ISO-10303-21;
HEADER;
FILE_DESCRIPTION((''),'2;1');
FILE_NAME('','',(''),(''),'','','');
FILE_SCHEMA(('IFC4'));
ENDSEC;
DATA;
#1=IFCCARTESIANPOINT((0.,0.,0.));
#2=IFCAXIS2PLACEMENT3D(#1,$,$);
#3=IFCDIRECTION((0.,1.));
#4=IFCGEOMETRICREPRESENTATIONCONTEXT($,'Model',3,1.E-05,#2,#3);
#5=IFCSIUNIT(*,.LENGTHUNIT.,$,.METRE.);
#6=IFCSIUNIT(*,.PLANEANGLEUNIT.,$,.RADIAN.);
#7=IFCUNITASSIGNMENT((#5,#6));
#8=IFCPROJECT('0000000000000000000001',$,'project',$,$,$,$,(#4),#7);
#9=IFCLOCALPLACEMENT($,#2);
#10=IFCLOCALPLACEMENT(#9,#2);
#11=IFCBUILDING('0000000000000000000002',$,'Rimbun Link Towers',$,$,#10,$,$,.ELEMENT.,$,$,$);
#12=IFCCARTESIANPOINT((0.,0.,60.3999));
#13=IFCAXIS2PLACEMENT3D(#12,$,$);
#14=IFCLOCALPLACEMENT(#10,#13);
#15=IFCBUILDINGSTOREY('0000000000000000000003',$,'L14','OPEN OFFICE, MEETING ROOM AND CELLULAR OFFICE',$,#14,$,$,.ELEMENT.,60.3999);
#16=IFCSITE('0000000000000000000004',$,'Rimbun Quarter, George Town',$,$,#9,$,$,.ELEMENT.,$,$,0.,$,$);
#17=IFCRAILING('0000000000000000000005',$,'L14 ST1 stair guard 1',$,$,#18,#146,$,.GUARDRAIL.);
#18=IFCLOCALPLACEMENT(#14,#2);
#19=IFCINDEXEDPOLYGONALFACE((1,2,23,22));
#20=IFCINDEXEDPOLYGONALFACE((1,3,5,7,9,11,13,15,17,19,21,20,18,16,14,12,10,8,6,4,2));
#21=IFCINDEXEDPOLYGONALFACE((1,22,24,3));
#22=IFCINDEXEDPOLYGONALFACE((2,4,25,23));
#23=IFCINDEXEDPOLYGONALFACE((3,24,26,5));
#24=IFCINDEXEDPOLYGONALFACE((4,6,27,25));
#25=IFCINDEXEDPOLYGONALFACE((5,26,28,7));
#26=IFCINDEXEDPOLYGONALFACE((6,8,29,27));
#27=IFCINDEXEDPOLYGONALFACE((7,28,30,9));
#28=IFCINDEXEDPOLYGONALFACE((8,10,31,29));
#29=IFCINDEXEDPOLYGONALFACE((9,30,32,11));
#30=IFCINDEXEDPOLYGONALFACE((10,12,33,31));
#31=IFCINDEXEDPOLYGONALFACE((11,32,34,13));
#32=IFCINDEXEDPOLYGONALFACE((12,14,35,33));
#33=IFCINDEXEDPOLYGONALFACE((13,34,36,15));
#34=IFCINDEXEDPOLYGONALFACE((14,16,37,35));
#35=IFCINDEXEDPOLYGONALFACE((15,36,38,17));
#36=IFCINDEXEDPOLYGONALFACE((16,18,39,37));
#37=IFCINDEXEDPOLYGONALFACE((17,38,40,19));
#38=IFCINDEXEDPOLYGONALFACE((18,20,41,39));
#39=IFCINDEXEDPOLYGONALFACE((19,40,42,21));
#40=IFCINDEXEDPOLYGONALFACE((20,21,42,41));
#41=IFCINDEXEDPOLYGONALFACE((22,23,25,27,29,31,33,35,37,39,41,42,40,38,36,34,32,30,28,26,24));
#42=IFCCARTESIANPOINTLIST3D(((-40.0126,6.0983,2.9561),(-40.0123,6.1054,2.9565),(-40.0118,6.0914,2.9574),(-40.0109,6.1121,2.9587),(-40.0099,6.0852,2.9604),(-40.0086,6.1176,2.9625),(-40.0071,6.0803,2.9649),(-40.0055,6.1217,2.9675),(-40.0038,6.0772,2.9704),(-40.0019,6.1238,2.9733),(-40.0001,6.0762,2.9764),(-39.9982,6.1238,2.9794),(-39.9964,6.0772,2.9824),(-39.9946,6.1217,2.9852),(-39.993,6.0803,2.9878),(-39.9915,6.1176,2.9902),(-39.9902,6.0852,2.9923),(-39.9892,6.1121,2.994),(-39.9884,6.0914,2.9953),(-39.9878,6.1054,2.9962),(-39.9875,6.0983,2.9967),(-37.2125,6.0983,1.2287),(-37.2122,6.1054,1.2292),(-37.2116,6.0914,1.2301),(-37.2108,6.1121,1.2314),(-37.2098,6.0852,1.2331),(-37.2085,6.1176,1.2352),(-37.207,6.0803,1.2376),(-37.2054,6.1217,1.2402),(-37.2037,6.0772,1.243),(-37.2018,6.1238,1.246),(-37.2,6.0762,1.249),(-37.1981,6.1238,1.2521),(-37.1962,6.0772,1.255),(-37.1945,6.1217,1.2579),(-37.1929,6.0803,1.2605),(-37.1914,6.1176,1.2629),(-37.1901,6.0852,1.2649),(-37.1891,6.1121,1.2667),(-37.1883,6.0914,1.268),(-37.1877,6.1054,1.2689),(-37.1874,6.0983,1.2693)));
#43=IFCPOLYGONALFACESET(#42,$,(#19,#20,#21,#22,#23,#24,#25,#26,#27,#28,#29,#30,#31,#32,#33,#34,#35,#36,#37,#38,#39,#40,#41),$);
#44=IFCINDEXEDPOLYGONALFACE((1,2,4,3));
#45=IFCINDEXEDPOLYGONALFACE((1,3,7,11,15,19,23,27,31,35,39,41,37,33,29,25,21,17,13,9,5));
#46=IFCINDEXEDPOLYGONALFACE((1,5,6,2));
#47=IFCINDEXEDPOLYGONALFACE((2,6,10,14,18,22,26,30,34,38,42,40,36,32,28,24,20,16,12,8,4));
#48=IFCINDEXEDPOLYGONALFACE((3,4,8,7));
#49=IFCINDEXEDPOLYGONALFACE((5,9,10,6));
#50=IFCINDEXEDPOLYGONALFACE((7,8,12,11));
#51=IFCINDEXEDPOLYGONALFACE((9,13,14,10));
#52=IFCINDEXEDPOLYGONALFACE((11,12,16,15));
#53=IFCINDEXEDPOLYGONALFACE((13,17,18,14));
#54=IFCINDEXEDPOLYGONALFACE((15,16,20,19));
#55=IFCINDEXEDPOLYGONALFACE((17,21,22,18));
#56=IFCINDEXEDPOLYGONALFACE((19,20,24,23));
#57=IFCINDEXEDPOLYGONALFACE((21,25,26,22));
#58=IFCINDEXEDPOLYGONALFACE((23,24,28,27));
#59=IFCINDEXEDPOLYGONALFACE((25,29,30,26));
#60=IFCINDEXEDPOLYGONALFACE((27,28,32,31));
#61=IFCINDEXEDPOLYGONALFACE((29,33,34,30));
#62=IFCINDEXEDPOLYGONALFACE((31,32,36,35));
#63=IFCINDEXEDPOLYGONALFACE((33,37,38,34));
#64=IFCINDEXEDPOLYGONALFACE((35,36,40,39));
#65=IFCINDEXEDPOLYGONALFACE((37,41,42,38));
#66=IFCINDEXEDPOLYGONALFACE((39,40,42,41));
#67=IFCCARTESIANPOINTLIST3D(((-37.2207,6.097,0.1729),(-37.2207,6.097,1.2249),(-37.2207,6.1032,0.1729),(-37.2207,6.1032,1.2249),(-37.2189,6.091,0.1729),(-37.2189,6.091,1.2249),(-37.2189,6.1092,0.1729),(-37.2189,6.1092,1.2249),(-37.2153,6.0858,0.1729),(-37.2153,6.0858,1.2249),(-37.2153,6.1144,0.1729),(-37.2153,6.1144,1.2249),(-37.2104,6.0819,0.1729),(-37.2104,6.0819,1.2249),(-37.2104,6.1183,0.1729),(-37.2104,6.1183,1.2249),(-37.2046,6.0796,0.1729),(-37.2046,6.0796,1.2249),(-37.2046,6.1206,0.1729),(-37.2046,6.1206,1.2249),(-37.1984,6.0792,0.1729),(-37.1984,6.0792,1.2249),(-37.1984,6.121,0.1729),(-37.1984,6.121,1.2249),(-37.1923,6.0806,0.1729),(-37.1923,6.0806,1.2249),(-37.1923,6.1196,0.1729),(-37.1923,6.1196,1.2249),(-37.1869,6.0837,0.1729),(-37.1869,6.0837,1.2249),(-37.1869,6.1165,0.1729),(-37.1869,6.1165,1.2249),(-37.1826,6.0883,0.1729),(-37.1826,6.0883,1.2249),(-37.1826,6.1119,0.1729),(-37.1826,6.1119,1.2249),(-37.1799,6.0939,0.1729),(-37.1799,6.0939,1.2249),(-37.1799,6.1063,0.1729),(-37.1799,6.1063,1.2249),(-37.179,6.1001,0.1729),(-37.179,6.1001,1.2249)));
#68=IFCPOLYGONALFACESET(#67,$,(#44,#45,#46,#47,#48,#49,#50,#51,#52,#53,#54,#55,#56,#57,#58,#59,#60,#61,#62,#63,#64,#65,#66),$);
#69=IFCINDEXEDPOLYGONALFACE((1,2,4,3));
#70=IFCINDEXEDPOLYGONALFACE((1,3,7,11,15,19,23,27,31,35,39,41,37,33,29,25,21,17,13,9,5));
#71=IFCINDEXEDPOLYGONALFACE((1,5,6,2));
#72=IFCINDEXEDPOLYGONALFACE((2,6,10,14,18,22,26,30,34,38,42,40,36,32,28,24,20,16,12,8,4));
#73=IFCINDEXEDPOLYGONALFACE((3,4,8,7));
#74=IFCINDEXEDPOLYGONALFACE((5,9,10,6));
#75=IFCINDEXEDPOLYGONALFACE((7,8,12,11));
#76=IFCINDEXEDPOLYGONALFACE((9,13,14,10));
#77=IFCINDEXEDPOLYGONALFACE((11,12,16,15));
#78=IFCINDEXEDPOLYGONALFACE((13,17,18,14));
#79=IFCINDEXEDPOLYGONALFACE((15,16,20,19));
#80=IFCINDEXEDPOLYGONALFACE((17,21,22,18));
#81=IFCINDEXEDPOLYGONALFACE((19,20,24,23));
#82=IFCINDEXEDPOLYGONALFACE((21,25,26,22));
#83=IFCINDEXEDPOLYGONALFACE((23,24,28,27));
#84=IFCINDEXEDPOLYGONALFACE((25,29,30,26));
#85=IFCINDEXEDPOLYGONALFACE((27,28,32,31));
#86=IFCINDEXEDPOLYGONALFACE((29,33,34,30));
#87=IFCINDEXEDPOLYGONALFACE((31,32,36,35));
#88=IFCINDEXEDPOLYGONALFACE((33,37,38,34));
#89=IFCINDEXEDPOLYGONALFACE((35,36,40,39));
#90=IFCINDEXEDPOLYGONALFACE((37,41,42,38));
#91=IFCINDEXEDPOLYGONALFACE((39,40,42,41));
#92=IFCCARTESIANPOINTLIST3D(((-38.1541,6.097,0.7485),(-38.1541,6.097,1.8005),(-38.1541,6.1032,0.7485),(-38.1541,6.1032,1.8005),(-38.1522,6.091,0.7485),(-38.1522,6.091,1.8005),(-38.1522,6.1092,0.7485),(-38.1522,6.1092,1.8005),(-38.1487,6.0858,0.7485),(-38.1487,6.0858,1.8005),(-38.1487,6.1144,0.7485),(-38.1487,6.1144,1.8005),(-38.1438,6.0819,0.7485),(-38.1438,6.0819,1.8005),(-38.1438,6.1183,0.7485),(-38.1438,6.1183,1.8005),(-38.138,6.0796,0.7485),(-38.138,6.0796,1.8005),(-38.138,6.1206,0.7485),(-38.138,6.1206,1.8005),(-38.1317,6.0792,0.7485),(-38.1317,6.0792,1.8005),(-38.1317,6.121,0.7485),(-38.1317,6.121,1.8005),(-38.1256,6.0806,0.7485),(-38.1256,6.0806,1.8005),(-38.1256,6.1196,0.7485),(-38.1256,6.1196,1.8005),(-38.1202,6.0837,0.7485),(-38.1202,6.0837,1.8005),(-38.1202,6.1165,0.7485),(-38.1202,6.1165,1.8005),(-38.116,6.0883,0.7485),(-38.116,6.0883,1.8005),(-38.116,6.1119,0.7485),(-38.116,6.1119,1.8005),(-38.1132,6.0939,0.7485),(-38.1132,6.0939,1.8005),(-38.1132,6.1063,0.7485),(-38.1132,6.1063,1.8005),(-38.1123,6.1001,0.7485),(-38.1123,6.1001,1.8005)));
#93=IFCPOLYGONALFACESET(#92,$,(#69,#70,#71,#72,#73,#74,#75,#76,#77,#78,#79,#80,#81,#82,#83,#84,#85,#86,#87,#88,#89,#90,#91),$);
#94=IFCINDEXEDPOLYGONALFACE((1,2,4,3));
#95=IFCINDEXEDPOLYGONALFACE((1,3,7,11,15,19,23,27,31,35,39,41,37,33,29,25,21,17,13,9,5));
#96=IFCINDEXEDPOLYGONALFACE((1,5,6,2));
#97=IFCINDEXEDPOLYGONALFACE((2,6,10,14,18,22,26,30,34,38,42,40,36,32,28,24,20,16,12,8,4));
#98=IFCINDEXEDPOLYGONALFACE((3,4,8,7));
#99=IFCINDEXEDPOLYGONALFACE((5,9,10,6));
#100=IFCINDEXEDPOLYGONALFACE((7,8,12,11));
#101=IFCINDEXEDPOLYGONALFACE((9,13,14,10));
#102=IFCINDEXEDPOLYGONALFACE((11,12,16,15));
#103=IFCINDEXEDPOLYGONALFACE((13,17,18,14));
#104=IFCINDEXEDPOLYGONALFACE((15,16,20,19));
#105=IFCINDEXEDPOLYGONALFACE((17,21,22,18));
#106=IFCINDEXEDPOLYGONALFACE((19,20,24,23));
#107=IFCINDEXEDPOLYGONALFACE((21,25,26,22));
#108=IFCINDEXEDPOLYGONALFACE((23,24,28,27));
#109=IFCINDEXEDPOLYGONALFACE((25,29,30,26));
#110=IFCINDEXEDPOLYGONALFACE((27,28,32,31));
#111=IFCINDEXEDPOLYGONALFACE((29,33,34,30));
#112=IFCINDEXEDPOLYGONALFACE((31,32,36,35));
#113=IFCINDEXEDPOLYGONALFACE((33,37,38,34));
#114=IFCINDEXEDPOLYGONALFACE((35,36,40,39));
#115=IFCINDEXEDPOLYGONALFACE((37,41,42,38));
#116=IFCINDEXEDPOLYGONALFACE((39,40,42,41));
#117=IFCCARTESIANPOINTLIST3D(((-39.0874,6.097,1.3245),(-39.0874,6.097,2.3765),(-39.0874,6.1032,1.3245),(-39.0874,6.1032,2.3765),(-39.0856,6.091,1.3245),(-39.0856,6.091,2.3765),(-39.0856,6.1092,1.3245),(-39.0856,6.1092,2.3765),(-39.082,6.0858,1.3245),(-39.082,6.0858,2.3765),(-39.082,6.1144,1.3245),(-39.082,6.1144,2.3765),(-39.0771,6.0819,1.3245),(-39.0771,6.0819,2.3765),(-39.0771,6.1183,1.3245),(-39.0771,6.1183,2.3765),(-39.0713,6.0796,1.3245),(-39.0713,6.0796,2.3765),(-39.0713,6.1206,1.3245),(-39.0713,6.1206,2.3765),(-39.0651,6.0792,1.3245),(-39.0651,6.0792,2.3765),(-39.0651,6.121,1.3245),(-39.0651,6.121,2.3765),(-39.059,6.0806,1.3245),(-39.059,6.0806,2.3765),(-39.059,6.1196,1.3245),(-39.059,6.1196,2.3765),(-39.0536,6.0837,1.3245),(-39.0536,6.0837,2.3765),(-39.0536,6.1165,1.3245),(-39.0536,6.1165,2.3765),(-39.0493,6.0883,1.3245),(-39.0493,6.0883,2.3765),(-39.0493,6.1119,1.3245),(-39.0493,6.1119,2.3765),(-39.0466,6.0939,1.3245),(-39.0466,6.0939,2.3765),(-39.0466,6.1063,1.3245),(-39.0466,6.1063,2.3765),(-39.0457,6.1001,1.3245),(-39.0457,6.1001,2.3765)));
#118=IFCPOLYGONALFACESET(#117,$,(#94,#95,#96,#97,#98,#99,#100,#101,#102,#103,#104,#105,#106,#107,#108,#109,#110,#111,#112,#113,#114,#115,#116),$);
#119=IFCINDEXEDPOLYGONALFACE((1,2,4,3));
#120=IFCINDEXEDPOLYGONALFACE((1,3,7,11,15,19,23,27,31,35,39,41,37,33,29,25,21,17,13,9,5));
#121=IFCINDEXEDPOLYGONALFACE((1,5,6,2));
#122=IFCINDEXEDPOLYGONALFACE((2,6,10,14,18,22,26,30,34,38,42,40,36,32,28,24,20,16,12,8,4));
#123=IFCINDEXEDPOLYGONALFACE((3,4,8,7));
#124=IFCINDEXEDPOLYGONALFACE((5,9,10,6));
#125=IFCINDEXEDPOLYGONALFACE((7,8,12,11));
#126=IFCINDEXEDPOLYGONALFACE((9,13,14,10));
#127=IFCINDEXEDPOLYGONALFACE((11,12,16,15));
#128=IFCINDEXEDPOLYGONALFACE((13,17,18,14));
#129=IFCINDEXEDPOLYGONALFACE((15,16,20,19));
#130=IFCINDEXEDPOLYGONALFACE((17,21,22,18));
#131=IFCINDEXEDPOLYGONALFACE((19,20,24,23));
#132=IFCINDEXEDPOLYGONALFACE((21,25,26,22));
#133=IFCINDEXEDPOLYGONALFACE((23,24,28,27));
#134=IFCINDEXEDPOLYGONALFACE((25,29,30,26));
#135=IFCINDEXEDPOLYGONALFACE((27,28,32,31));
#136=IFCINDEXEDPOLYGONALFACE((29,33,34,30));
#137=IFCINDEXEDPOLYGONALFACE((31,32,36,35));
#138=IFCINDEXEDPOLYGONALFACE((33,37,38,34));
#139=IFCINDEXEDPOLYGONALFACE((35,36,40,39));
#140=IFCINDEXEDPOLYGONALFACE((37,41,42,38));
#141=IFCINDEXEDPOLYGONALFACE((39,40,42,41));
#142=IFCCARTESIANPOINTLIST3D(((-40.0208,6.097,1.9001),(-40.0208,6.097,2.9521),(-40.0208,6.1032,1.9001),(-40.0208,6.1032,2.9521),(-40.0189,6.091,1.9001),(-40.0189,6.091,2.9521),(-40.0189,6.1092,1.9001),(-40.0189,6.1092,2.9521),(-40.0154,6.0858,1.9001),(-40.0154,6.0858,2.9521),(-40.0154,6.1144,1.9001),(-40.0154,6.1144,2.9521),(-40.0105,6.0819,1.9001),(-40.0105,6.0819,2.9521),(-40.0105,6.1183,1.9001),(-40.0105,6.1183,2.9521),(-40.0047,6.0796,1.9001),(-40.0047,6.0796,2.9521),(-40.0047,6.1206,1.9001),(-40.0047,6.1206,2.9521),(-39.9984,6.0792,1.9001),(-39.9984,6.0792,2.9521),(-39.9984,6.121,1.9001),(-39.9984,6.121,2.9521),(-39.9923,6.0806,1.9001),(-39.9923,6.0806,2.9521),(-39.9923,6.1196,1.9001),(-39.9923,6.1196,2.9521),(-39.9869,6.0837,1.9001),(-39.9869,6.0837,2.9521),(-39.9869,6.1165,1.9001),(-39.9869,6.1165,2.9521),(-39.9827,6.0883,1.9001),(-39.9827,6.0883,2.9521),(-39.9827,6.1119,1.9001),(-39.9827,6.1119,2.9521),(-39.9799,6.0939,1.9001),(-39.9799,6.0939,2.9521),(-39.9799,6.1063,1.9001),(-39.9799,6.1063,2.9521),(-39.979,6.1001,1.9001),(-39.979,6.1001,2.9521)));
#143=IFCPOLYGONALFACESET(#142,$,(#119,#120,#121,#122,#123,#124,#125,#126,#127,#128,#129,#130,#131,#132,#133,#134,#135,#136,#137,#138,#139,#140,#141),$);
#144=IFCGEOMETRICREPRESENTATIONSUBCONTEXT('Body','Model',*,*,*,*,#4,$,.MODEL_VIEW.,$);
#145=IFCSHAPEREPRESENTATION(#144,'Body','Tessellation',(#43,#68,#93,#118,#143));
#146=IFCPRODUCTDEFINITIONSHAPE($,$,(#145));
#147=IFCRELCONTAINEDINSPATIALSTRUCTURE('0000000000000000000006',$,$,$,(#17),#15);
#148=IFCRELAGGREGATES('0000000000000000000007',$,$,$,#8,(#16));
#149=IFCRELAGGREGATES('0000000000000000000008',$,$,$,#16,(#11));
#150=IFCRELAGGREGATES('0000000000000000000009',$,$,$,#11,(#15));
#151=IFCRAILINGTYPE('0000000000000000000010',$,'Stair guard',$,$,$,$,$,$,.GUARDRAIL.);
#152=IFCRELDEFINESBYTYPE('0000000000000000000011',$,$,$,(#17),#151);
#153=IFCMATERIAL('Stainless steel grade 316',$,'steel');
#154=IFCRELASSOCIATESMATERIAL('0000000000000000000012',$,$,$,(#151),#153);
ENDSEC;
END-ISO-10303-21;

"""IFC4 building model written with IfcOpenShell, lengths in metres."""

from ifc_helpers import new_model, si_unit, direction, frame, origin, origin_2d, place, context, subcontext, project, spatial, circle, extrude, material, type_object, element, save


model = new_model("IFC4")

# Units and contexts
model_context = context("Model", 3, precision=1e-05, world=origin(), true_north=direction((0.0, 1.0)))
body_context = subcontext(model_context, "Body", "Model", "MODEL_VIEW")
ifc_project = project(units=[si_unit("LENGTHUNIT", "METRE"), si_unit("PLANEANGLEUNIT", "RADIAN")], contexts=[model_context])

# Site, building, storey
site_placement = place(None, origin())
site = spatial("IfcSite", under=ifc_project, at=site_placement, Name="Rimbun Quarter, George Town", CompositionType="ELEMENT", RefElevation=0.0)
building_placement = place(site_placement, origin())
building = spatial("IfcBuilding", under=site, at=building_placement, Name="Rimbun Link Towers", CompositionType="ELEMENT")
storey_placement = place(building_placement, frame((0.0, 0.0, 60.3999)))
storey = spatial("IfcBuildingStorey", under=building, at=storey_placement, Name="L14", Description="OPEN OFFICE, MEETING ROOM AND CELLULAR OFFICE", CompositionType="ELEMENT", Elevation=60.3999)

# Railing
ifc_material_1 = material(Name="Stainless steel grade 316", Category="steel")
railing_type_1 = type_object("IfcRailingType", Name="Stair guard", PredefinedType="GUARDRAIL", material=ifc_material_1)
railing_1_placement = place(storey_placement, frame((-37.2, 6.1001, 0.1729)))
element("IfcRailing", 1, at=railing_1_placement, inside=storey, type_object=railing_type_1, Name="L14 ST1 stair guard 1", PredefinedType="GUARDRAIL", context=body_context, shape_type="SweptSolid", body=[
    extrude(circle(Radius=0.0239, at=origin_2d()), frame((0.0, 0.0, 1.0762), z_axis=(-0.85109, 0.0, 0.52502), x_axis=(0.0, -1.0, 0.0)), (0.0, 0.0, 1.0), 3.29),
    extrude(circle(Radius=0.021, at=origin_2d()), origin(), (0.0, 0.0, 1.0), 1.052),
    extrude(circle(Radius=0.021, at=origin_2d()), frame((-0.9333, 0.0, 0.5757)), (0.0, 0.0, 1.0), 1.052),
    extrude(circle(Radius=0.021, at=origin_2d()), frame((-1.8667, 0.0, 1.1516)), (0.0, 0.0, 1.0), 1.052),
    extrude(circle(Radius=0.021, at=origin_2d()), frame((-2.8, 0.0, 1.7273)), (0.0, 0.0, 1.0), 1.052),
])

save(model, "model.ifc")
